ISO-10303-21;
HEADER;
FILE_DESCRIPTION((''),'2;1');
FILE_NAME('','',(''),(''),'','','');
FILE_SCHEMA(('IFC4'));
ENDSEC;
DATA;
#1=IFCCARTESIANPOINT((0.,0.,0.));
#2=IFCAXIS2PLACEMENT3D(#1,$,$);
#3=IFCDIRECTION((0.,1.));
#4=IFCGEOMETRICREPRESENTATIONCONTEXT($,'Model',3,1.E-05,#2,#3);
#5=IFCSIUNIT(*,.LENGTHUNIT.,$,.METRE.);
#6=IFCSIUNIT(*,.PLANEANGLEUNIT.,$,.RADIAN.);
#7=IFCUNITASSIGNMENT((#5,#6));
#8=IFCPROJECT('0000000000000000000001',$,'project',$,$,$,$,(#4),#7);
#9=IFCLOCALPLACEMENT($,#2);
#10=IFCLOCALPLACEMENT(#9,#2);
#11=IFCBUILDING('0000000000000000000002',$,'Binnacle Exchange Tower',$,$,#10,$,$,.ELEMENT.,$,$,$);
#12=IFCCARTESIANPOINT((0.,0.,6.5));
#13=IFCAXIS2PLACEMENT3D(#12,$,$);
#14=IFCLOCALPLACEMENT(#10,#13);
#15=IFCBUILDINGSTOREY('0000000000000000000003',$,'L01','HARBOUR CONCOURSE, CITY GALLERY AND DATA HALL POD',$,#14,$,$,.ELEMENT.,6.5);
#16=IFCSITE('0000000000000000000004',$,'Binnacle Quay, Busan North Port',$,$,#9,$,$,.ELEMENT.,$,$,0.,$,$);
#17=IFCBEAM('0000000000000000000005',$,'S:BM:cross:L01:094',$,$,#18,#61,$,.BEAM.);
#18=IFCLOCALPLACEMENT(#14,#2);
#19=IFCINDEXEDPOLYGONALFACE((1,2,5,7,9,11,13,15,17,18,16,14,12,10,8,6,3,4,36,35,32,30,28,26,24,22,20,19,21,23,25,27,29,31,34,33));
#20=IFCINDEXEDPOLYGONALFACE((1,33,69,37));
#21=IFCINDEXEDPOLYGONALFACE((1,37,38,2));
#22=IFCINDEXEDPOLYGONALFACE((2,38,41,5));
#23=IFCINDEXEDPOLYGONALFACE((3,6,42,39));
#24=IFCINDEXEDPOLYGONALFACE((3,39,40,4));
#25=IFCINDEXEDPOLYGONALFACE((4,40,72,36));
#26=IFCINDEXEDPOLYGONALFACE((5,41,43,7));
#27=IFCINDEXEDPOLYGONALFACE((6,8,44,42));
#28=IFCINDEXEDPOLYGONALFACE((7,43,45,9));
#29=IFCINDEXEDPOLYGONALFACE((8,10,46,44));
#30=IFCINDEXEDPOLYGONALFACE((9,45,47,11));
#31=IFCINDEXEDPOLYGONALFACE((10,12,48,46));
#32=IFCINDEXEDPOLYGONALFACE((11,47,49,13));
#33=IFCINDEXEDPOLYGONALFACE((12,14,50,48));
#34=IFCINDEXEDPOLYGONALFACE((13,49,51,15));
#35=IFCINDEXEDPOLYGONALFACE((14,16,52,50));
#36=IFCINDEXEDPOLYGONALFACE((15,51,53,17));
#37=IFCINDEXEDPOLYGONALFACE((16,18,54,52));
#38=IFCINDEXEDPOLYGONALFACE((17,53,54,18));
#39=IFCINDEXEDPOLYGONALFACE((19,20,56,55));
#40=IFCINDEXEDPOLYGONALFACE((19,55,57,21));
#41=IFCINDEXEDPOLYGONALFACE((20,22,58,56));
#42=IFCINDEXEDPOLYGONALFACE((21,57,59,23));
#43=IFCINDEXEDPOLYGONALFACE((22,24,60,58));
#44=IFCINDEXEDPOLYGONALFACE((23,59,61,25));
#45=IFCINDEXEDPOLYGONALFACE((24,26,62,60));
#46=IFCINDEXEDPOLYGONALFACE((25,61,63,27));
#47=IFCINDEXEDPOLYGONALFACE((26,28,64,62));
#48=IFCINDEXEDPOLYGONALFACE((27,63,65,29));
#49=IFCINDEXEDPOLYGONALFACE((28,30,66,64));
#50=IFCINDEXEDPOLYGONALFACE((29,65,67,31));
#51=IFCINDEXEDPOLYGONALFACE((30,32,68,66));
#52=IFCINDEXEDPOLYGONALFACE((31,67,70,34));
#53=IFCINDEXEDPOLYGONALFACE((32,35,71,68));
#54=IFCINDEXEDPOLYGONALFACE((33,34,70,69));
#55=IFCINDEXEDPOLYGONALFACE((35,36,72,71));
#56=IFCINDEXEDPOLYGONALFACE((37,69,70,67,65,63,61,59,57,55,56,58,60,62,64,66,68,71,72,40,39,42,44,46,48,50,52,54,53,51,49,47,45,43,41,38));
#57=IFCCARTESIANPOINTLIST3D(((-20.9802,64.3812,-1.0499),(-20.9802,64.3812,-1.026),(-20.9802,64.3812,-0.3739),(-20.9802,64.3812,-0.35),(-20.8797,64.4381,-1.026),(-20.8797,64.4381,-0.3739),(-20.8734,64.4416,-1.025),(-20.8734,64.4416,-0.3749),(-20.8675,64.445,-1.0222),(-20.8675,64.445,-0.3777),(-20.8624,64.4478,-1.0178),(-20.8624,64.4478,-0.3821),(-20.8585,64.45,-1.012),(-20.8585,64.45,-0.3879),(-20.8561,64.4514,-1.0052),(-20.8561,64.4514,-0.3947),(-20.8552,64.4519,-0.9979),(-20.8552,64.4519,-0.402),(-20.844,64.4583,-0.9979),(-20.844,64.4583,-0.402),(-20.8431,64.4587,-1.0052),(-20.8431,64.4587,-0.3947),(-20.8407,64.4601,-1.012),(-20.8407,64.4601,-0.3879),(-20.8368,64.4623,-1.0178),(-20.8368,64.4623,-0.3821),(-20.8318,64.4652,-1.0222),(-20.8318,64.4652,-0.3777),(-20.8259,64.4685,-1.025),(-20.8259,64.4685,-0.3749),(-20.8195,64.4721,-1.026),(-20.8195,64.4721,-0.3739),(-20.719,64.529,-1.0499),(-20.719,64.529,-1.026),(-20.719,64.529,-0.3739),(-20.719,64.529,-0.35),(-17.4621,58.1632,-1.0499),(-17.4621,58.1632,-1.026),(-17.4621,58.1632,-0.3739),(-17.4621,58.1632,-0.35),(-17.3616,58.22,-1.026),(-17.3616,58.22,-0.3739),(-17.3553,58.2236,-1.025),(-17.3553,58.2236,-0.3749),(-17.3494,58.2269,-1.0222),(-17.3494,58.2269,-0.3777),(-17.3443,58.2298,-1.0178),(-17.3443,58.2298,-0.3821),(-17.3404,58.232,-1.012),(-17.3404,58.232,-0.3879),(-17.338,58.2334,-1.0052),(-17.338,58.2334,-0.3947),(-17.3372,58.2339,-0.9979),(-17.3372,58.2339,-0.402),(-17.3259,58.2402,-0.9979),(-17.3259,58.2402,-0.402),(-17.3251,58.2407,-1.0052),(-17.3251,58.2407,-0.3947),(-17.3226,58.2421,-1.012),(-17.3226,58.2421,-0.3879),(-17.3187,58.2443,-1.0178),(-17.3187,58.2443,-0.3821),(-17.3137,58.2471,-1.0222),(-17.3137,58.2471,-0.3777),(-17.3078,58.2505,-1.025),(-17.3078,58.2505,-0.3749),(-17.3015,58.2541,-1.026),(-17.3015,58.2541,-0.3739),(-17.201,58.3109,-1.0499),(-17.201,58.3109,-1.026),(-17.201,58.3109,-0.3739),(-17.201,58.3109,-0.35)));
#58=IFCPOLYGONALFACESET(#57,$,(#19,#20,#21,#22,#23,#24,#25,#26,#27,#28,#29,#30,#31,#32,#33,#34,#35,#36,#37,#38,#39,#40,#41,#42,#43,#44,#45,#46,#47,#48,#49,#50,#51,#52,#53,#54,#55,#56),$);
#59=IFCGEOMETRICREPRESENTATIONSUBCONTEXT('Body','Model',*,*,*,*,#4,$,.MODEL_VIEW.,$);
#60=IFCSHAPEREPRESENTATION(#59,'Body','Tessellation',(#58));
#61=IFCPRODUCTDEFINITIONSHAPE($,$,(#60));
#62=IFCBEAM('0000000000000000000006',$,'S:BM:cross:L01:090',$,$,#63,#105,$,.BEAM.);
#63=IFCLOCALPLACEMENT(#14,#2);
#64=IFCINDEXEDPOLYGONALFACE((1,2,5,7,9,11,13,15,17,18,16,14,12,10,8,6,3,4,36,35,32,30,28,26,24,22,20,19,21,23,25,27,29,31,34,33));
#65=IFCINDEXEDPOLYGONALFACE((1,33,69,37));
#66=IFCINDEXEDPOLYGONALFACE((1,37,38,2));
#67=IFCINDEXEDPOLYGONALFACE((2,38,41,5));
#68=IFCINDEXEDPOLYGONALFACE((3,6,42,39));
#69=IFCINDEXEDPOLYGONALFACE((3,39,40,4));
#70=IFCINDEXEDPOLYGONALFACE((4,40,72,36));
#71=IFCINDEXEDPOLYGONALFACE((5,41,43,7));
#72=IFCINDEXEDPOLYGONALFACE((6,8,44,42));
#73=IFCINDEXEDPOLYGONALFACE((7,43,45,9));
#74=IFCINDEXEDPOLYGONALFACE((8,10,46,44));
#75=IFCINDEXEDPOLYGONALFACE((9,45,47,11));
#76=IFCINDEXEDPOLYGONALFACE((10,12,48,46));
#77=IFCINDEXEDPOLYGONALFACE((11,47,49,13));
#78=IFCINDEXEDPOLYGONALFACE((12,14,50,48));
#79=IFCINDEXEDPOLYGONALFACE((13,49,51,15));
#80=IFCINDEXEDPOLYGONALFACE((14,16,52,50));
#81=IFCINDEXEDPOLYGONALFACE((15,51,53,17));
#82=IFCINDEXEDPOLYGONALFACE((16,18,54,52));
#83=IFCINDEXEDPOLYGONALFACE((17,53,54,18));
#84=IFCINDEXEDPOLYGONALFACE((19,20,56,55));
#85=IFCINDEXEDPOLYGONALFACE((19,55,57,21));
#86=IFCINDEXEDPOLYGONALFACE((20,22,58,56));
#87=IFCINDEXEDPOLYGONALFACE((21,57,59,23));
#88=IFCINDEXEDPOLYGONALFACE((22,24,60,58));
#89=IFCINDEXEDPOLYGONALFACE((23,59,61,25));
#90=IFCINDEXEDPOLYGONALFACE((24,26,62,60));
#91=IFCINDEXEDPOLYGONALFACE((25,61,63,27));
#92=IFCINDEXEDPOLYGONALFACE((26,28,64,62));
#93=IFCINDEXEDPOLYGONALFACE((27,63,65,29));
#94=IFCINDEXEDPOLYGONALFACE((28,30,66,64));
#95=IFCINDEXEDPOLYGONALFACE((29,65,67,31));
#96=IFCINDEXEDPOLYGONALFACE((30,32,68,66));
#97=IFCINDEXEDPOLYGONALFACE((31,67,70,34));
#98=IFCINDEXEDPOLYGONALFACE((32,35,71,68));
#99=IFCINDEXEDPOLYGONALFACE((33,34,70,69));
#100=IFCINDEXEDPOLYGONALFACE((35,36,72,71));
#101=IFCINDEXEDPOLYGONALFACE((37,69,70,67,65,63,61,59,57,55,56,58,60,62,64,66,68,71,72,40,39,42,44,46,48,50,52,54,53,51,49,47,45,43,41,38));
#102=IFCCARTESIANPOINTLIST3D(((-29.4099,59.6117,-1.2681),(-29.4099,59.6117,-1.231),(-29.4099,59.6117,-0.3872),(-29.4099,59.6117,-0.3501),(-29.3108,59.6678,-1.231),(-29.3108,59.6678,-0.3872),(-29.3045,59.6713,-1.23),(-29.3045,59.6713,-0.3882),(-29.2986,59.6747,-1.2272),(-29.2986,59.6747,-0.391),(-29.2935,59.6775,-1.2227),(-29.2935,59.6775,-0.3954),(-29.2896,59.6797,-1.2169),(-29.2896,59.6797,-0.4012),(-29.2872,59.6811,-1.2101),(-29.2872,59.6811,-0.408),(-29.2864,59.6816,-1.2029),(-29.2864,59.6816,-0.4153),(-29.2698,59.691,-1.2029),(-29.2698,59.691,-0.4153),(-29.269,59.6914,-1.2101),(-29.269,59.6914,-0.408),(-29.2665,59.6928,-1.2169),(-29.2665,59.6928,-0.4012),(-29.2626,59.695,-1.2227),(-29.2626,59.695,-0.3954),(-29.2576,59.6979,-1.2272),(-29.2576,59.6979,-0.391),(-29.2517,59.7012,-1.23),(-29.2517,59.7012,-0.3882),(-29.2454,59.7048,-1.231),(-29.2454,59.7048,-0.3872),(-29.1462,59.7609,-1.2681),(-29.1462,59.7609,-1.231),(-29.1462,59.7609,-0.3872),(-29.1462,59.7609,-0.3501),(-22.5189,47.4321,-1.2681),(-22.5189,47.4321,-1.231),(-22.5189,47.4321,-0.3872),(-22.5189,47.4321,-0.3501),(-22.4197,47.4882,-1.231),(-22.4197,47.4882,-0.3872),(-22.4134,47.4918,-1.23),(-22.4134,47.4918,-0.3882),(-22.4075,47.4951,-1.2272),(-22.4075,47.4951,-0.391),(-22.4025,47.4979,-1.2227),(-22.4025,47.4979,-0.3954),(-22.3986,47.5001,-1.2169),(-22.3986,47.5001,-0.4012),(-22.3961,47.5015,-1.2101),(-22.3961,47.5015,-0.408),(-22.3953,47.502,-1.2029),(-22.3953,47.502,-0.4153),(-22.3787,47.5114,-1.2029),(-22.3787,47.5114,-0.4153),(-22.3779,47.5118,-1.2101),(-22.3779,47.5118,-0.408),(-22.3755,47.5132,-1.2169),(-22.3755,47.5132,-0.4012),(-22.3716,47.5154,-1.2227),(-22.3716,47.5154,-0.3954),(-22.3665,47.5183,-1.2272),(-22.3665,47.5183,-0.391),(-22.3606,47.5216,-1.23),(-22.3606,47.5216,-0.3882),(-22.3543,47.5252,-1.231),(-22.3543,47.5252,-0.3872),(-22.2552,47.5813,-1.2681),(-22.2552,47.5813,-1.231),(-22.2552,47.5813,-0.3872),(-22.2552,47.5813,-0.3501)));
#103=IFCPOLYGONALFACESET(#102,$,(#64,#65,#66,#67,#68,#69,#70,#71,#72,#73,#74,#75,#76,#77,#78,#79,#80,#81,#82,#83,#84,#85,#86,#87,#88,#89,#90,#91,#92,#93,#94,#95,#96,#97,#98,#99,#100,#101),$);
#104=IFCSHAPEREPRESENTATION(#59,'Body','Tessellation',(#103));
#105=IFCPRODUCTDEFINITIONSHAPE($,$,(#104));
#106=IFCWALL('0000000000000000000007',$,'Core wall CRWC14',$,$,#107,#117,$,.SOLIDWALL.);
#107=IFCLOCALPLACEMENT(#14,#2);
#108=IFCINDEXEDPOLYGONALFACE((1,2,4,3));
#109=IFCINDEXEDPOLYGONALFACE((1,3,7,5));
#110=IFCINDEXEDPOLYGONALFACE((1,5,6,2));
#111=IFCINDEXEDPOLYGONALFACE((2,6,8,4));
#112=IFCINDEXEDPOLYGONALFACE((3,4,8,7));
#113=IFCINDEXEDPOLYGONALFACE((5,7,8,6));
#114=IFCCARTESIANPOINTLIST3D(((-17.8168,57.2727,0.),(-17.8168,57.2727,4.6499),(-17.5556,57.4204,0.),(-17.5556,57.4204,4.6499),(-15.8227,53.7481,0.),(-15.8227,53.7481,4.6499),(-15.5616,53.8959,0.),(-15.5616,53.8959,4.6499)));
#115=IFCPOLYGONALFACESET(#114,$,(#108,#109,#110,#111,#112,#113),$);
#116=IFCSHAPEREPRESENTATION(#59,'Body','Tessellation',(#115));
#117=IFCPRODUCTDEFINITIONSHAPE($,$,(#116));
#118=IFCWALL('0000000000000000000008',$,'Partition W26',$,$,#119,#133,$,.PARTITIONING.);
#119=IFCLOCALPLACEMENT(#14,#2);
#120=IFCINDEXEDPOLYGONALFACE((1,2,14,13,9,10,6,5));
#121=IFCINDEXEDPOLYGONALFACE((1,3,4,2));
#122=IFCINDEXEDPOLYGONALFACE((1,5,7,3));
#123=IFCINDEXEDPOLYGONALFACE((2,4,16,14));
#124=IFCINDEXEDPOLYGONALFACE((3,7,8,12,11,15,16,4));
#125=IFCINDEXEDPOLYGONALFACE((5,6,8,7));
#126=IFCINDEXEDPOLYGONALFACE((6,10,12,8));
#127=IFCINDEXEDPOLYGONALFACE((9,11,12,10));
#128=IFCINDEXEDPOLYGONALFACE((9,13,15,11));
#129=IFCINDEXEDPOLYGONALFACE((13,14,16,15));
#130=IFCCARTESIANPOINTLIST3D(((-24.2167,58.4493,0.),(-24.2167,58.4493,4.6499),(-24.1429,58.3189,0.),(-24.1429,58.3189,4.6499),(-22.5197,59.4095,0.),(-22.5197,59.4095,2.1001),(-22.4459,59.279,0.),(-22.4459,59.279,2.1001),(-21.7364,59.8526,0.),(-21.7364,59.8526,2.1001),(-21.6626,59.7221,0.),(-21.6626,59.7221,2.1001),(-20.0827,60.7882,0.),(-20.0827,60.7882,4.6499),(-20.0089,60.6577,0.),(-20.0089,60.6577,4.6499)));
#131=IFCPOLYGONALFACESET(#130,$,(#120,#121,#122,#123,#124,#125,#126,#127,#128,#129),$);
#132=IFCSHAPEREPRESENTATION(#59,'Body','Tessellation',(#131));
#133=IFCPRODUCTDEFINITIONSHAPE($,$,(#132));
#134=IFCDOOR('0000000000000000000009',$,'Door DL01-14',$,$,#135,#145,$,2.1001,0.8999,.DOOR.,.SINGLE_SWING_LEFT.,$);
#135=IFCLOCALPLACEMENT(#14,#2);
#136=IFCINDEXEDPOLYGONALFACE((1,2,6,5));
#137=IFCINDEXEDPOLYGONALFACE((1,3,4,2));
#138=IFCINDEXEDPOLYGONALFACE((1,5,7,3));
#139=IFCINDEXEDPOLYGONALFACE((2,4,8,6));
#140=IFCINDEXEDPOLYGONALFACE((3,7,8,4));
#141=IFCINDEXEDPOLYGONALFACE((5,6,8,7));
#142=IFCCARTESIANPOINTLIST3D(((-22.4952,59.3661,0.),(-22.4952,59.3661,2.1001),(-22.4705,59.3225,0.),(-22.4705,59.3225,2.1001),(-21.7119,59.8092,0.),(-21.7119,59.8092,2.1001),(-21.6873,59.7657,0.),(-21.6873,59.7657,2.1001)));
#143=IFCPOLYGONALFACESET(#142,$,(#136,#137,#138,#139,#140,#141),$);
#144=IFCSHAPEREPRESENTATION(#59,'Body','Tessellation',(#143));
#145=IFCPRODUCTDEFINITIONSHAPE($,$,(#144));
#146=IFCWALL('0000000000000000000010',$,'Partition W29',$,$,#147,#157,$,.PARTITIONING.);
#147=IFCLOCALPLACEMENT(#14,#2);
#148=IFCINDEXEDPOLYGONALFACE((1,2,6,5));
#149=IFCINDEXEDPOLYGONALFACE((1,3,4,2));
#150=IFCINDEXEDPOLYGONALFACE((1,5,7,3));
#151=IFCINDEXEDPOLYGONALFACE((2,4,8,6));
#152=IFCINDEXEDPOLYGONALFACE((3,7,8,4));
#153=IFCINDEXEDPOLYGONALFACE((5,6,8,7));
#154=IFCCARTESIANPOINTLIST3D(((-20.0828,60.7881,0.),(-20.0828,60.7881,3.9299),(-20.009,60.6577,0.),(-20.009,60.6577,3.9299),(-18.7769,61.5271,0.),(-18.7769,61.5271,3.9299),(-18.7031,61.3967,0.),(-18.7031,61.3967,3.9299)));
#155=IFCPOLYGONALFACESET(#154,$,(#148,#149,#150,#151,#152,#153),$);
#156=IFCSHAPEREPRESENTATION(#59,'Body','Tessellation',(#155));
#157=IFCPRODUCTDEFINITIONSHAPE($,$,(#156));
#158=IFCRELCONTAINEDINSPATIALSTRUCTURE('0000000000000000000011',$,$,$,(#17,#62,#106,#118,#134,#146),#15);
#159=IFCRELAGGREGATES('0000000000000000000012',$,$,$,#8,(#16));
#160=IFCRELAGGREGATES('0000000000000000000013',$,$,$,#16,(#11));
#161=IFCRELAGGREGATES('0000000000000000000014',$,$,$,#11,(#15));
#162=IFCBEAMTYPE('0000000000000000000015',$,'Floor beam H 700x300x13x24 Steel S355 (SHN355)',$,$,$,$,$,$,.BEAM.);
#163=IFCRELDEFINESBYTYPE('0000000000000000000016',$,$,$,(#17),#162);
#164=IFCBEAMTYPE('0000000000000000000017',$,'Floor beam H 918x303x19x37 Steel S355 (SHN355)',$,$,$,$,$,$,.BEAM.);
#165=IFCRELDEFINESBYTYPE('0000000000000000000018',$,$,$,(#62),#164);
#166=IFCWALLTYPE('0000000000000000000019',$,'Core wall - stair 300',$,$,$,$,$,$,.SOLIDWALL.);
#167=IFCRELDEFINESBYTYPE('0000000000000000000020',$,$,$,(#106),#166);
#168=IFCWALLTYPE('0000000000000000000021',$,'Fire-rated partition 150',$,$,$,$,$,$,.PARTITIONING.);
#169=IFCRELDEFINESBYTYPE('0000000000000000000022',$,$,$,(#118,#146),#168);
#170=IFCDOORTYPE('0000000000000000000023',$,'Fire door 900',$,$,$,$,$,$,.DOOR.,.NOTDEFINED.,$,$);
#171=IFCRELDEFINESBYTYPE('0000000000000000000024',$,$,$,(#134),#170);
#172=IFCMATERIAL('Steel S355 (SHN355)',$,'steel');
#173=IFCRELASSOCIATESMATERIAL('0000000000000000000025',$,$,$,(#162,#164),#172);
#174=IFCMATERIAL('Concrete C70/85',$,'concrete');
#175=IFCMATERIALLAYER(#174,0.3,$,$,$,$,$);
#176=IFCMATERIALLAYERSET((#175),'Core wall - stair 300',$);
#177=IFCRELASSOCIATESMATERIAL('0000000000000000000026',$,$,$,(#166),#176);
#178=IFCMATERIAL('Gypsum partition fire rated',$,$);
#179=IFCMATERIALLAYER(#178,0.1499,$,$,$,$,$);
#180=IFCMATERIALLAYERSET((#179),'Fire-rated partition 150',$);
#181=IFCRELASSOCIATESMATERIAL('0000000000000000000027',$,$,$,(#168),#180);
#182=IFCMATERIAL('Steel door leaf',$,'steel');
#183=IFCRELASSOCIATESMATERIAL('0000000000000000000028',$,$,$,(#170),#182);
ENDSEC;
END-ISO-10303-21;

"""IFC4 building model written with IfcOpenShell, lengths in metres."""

from ifc_helpers import new_model, si_unit, direction, frame, frame_2d, origin, origin_2d, place, context, subcontext, project, spatial, rectangle, i_section, extrude, material, layer, layer_set, material_profile, profile_set, type_object, element, fill, save


model = new_model("IFC4")

# Units and contexts
model_context = context("Model", 3, precision=1e-05, world=origin(), true_north=direction((0.0, 1.0)))
body_context = subcontext(model_context, "Body", "Model", "MODEL_VIEW")
ifc_project = project(units=[si_unit("LENGTHUNIT", "METRE"), si_unit("PLANEANGLEUNIT", "RADIAN")], contexts=[model_context])

# Site, building, storey
site_placement = place(None, origin())
site = spatial("IfcSite", under=ifc_project, at=site_placement, Name="Binnacle Quay, Busan North Port", CompositionType="ELEMENT", RefElevation=0.0)
building_placement = place(site_placement, origin())
building = spatial("IfcBuilding", under=site, at=building_placement, Name="Binnacle Exchange Tower", CompositionType="ELEMENT")
storey_placement = place(building_placement, frame((0.0, 0.0, 6.5)))
storey = spatial("IfcBuildingStorey", under=building, at=storey_placement, Name="L01", Description="HARBOUR CONCOURSE, CITY GALLERY AND DATA HALL POD", CompositionType="ELEMENT", Elevation=6.5)

# Shared definitions
ifc_material_1 = material(Name="Concrete C70/85", Category="concrete")

# Beams
ifc_material_2 = material(Name="Steel S355 (SHN355)", Category="steel")
ifc_material_profile_1 = material_profile(ifc_material_2, i_section(OverallWidth=0.3, OverallDepth=0.7, WebThickness=0.0129, FlangeThickness=0.0239, FilletRadius=0.0281, at=origin_2d()), Name="H 700x300x13x24")
ifc_profile_set_1 = profile_set([ifc_material_profile_1], Name="Steel S355 (SHN355)")
beam_type_1 = type_object("IfcBeamType", Name="Floor beam H 700x300x13x24 Steel S355 (SHN355)", PredefinedType="BEAM", material=ifc_profile_set_1)
beam_1_placement = place(storey_placement, frame((-20.8496, 64.4551, -0.7), z_axis=(0.492432, -0.870351, 0.0), x_axis=(0.870351, 0.492432, 0.0)))
element("IfcBeam", 1, at=beam_1_placement, inside=storey, type_object=beam_type_1, Name="S:BM:cross:L01:094", PredefinedType="BEAM", context=body_context, shape_type="SweptSolid", body=[
    extrude(i_section(OverallWidth=0.3, OverallDepth=0.7, WebThickness=0.0129, FlangeThickness=0.0239, FilletRadius=0.0281, at=origin_2d()), origin(), (0.0, 0.0, 1.0), 7.1443),
])
ifc_material_profile_2 = material_profile(ifc_material_2, i_section(OverallWidth=0.303, OverallDepth=0.918, WebThickness=0.019, FlangeThickness=0.0371, FilletRadius=0.0281, at=origin_2d()), Name="H 918x303x19x37")
ifc_profile_set_2 = profile_set([ifc_material_profile_2], Name="Steel S355 (SHN355)")
beam_type_2 = type_object("IfcBeamType", Name="Floor beam H 918x303x19x37 Steel S355 (SHN355)", PredefinedType="BEAM", material=ifc_profile_set_2)
beam_2_placement = place(storey_placement, frame((-29.2781, 59.6863, -0.8091), z_axis=(0.492433, -0.87035, 0.0), x_axis=(0.87035, 0.492433, 0.0)))
element("IfcBeam", 2, at=beam_2_placement, inside=storey, type_object=beam_type_2, Name="S:BM:cross:L01:090", PredefinedType="BEAM", context=body_context, shape_type="SweptSolid", body=[
    extrude(i_section(OverallWidth=0.303, OverallDepth=0.918, WebThickness=0.019, FlangeThickness=0.0371, FilletRadius=0.0281, at=origin_2d()), origin(), (0.0, 0.0, 1.0), 13.9939),
])

# Wall
ifc_layer_1 = layer(ifc_material_1, 0.3)
ifc_layer_set_1 = layer_set([ifc_layer_1], Name="Core wall - stair 300")
wall_type_1 = type_object("IfcWallType", Name="Core wall - stair 300", PredefinedType="SOLIDWALL", material=ifc_layer_set_1)
wall_1_placement = place(storey_placement, frame((-17.6863, 57.3467, 0.0), z_axis=(0.0, 0.0, 1.0), x_axis=(0.492421, -0.870357, 0.0)))
element("IfcWall", 3, at=wall_1_placement, inside=storey, type_object=wall_type_1, Name="Core wall CRWC14", PredefinedType="SOLIDWALL", context=body_context, shape_type="SweptSolid", body=[
    extrude(rectangle(XDim=4.0496, YDim=0.3, at=frame_2d((2.0249, 0.0))), origin(), (0.0, 0.0, 1.0), 4.6499),
])

# Wall, opening, door
ifc_material_3 = material(Name="Gypsum partition fire rated")
ifc_layer_2 = layer(ifc_material_3, 0.1499)
ifc_layer_set_2 = layer_set([ifc_layer_2], Name="Fire-rated partition 150")
wall_type_2 = type_object("IfcWallType", Name="Fire-rated partition 150", PredefinedType="PARTITIONING", material=ifc_layer_set_2)
wall_2_placement = place(storey_placement, frame((-24.1799, 58.384, 0.0), z_axis=(0.0, 0.0, 1.0), x_axis=(0.870361, 0.492415, 0.0)))
wall_2 = element("IfcWall", 4, at=wall_2_placement, inside=storey, type_object=wall_type_2, Name="Partition W26", PredefinedType="PARTITIONING", context=body_context, shape_type="SweptSolid", body=[
    extrude(rectangle(XDim=4.7498, YDim=0.1499, at=frame_2d((2.375, 0.0))), origin(), (0.0, 0.0, 1.0), 4.6499),
])
opening_1_placement = place(wall_2_placement, frame((1.95, 0.0, 0.0)))
opening_1 = element("IfcOpeningElement", 5, at=opening_1_placement, cuts=wall_2, PredefinedType="OPENING", context=body_context, shape_type="SweptSolid", body=[
    extrude(rectangle(XDim=0.8999, YDim=2.1001, at=frame_2d((0.45, 1.05))), frame((0.0, 0.085, 0.0), z_axis=(0.0, -1.0, 0.0), x_axis=(1.0, 0.0, 0.0)), (0.0, 0.0, 1.0), 0.1699),
])
ifc_material_4 = material(Name="Steel door leaf", Category="steel")
door_type = type_object("IfcDoorType", Name="Fire door 900", OperationType="NOTDEFINED", PredefinedType="DOOR", material=ifc_material_4)
door_1_placement = place(opening_1_placement, frame((0.8999, 0.0, 0.0), z_axis=(0.0, 0.0, 1.0), x_axis=(-1.0, 0.0, 0.0)))
door_1 = element("IfcDoor", 6, at=door_1_placement, inside=storey, type_object=door_type, Name="Door DL01-14", OperationType="SINGLE_SWING_LEFT", OverallHeight=2.1001, OverallWidth=0.8999, PredefinedType="DOOR", context=body_context, shape_type="SweptSolid", body=[
    extrude(rectangle(XDim=0.8999, YDim=2.1001, at=frame_2d((0.45, 1.05))), frame((0.0, 0.0249, 0.0), z_axis=(0.0, -1.0, 0.0), x_axis=(1.0, 0.0, 0.0)), (0.0, 0.0, 1.0), 0.05),
])
fill(opening_1, door_1)

# Wall
wall_3_placement = place(storey_placement, frame((-20.0459, 60.7229, 0.0), z_axis=(0.0, 0.0, 1.0), x_axis=(0.870308, 0.492508, 0.0)))
element("IfcWall", 7, at=wall_3_placement, inside=storey, type_object=wall_type_2, Name="Partition W29", PredefinedType="PARTITIONING", context=body_context, shape_type="SweptSolid", body=[
    extrude(rectangle(XDim=1.5005, YDim=0.1499, at=frame_2d((0.7502, 0.0))), origin(), (0.0, 0.0, 1.0), 3.9299),
])

save(model, "model.ifc")
